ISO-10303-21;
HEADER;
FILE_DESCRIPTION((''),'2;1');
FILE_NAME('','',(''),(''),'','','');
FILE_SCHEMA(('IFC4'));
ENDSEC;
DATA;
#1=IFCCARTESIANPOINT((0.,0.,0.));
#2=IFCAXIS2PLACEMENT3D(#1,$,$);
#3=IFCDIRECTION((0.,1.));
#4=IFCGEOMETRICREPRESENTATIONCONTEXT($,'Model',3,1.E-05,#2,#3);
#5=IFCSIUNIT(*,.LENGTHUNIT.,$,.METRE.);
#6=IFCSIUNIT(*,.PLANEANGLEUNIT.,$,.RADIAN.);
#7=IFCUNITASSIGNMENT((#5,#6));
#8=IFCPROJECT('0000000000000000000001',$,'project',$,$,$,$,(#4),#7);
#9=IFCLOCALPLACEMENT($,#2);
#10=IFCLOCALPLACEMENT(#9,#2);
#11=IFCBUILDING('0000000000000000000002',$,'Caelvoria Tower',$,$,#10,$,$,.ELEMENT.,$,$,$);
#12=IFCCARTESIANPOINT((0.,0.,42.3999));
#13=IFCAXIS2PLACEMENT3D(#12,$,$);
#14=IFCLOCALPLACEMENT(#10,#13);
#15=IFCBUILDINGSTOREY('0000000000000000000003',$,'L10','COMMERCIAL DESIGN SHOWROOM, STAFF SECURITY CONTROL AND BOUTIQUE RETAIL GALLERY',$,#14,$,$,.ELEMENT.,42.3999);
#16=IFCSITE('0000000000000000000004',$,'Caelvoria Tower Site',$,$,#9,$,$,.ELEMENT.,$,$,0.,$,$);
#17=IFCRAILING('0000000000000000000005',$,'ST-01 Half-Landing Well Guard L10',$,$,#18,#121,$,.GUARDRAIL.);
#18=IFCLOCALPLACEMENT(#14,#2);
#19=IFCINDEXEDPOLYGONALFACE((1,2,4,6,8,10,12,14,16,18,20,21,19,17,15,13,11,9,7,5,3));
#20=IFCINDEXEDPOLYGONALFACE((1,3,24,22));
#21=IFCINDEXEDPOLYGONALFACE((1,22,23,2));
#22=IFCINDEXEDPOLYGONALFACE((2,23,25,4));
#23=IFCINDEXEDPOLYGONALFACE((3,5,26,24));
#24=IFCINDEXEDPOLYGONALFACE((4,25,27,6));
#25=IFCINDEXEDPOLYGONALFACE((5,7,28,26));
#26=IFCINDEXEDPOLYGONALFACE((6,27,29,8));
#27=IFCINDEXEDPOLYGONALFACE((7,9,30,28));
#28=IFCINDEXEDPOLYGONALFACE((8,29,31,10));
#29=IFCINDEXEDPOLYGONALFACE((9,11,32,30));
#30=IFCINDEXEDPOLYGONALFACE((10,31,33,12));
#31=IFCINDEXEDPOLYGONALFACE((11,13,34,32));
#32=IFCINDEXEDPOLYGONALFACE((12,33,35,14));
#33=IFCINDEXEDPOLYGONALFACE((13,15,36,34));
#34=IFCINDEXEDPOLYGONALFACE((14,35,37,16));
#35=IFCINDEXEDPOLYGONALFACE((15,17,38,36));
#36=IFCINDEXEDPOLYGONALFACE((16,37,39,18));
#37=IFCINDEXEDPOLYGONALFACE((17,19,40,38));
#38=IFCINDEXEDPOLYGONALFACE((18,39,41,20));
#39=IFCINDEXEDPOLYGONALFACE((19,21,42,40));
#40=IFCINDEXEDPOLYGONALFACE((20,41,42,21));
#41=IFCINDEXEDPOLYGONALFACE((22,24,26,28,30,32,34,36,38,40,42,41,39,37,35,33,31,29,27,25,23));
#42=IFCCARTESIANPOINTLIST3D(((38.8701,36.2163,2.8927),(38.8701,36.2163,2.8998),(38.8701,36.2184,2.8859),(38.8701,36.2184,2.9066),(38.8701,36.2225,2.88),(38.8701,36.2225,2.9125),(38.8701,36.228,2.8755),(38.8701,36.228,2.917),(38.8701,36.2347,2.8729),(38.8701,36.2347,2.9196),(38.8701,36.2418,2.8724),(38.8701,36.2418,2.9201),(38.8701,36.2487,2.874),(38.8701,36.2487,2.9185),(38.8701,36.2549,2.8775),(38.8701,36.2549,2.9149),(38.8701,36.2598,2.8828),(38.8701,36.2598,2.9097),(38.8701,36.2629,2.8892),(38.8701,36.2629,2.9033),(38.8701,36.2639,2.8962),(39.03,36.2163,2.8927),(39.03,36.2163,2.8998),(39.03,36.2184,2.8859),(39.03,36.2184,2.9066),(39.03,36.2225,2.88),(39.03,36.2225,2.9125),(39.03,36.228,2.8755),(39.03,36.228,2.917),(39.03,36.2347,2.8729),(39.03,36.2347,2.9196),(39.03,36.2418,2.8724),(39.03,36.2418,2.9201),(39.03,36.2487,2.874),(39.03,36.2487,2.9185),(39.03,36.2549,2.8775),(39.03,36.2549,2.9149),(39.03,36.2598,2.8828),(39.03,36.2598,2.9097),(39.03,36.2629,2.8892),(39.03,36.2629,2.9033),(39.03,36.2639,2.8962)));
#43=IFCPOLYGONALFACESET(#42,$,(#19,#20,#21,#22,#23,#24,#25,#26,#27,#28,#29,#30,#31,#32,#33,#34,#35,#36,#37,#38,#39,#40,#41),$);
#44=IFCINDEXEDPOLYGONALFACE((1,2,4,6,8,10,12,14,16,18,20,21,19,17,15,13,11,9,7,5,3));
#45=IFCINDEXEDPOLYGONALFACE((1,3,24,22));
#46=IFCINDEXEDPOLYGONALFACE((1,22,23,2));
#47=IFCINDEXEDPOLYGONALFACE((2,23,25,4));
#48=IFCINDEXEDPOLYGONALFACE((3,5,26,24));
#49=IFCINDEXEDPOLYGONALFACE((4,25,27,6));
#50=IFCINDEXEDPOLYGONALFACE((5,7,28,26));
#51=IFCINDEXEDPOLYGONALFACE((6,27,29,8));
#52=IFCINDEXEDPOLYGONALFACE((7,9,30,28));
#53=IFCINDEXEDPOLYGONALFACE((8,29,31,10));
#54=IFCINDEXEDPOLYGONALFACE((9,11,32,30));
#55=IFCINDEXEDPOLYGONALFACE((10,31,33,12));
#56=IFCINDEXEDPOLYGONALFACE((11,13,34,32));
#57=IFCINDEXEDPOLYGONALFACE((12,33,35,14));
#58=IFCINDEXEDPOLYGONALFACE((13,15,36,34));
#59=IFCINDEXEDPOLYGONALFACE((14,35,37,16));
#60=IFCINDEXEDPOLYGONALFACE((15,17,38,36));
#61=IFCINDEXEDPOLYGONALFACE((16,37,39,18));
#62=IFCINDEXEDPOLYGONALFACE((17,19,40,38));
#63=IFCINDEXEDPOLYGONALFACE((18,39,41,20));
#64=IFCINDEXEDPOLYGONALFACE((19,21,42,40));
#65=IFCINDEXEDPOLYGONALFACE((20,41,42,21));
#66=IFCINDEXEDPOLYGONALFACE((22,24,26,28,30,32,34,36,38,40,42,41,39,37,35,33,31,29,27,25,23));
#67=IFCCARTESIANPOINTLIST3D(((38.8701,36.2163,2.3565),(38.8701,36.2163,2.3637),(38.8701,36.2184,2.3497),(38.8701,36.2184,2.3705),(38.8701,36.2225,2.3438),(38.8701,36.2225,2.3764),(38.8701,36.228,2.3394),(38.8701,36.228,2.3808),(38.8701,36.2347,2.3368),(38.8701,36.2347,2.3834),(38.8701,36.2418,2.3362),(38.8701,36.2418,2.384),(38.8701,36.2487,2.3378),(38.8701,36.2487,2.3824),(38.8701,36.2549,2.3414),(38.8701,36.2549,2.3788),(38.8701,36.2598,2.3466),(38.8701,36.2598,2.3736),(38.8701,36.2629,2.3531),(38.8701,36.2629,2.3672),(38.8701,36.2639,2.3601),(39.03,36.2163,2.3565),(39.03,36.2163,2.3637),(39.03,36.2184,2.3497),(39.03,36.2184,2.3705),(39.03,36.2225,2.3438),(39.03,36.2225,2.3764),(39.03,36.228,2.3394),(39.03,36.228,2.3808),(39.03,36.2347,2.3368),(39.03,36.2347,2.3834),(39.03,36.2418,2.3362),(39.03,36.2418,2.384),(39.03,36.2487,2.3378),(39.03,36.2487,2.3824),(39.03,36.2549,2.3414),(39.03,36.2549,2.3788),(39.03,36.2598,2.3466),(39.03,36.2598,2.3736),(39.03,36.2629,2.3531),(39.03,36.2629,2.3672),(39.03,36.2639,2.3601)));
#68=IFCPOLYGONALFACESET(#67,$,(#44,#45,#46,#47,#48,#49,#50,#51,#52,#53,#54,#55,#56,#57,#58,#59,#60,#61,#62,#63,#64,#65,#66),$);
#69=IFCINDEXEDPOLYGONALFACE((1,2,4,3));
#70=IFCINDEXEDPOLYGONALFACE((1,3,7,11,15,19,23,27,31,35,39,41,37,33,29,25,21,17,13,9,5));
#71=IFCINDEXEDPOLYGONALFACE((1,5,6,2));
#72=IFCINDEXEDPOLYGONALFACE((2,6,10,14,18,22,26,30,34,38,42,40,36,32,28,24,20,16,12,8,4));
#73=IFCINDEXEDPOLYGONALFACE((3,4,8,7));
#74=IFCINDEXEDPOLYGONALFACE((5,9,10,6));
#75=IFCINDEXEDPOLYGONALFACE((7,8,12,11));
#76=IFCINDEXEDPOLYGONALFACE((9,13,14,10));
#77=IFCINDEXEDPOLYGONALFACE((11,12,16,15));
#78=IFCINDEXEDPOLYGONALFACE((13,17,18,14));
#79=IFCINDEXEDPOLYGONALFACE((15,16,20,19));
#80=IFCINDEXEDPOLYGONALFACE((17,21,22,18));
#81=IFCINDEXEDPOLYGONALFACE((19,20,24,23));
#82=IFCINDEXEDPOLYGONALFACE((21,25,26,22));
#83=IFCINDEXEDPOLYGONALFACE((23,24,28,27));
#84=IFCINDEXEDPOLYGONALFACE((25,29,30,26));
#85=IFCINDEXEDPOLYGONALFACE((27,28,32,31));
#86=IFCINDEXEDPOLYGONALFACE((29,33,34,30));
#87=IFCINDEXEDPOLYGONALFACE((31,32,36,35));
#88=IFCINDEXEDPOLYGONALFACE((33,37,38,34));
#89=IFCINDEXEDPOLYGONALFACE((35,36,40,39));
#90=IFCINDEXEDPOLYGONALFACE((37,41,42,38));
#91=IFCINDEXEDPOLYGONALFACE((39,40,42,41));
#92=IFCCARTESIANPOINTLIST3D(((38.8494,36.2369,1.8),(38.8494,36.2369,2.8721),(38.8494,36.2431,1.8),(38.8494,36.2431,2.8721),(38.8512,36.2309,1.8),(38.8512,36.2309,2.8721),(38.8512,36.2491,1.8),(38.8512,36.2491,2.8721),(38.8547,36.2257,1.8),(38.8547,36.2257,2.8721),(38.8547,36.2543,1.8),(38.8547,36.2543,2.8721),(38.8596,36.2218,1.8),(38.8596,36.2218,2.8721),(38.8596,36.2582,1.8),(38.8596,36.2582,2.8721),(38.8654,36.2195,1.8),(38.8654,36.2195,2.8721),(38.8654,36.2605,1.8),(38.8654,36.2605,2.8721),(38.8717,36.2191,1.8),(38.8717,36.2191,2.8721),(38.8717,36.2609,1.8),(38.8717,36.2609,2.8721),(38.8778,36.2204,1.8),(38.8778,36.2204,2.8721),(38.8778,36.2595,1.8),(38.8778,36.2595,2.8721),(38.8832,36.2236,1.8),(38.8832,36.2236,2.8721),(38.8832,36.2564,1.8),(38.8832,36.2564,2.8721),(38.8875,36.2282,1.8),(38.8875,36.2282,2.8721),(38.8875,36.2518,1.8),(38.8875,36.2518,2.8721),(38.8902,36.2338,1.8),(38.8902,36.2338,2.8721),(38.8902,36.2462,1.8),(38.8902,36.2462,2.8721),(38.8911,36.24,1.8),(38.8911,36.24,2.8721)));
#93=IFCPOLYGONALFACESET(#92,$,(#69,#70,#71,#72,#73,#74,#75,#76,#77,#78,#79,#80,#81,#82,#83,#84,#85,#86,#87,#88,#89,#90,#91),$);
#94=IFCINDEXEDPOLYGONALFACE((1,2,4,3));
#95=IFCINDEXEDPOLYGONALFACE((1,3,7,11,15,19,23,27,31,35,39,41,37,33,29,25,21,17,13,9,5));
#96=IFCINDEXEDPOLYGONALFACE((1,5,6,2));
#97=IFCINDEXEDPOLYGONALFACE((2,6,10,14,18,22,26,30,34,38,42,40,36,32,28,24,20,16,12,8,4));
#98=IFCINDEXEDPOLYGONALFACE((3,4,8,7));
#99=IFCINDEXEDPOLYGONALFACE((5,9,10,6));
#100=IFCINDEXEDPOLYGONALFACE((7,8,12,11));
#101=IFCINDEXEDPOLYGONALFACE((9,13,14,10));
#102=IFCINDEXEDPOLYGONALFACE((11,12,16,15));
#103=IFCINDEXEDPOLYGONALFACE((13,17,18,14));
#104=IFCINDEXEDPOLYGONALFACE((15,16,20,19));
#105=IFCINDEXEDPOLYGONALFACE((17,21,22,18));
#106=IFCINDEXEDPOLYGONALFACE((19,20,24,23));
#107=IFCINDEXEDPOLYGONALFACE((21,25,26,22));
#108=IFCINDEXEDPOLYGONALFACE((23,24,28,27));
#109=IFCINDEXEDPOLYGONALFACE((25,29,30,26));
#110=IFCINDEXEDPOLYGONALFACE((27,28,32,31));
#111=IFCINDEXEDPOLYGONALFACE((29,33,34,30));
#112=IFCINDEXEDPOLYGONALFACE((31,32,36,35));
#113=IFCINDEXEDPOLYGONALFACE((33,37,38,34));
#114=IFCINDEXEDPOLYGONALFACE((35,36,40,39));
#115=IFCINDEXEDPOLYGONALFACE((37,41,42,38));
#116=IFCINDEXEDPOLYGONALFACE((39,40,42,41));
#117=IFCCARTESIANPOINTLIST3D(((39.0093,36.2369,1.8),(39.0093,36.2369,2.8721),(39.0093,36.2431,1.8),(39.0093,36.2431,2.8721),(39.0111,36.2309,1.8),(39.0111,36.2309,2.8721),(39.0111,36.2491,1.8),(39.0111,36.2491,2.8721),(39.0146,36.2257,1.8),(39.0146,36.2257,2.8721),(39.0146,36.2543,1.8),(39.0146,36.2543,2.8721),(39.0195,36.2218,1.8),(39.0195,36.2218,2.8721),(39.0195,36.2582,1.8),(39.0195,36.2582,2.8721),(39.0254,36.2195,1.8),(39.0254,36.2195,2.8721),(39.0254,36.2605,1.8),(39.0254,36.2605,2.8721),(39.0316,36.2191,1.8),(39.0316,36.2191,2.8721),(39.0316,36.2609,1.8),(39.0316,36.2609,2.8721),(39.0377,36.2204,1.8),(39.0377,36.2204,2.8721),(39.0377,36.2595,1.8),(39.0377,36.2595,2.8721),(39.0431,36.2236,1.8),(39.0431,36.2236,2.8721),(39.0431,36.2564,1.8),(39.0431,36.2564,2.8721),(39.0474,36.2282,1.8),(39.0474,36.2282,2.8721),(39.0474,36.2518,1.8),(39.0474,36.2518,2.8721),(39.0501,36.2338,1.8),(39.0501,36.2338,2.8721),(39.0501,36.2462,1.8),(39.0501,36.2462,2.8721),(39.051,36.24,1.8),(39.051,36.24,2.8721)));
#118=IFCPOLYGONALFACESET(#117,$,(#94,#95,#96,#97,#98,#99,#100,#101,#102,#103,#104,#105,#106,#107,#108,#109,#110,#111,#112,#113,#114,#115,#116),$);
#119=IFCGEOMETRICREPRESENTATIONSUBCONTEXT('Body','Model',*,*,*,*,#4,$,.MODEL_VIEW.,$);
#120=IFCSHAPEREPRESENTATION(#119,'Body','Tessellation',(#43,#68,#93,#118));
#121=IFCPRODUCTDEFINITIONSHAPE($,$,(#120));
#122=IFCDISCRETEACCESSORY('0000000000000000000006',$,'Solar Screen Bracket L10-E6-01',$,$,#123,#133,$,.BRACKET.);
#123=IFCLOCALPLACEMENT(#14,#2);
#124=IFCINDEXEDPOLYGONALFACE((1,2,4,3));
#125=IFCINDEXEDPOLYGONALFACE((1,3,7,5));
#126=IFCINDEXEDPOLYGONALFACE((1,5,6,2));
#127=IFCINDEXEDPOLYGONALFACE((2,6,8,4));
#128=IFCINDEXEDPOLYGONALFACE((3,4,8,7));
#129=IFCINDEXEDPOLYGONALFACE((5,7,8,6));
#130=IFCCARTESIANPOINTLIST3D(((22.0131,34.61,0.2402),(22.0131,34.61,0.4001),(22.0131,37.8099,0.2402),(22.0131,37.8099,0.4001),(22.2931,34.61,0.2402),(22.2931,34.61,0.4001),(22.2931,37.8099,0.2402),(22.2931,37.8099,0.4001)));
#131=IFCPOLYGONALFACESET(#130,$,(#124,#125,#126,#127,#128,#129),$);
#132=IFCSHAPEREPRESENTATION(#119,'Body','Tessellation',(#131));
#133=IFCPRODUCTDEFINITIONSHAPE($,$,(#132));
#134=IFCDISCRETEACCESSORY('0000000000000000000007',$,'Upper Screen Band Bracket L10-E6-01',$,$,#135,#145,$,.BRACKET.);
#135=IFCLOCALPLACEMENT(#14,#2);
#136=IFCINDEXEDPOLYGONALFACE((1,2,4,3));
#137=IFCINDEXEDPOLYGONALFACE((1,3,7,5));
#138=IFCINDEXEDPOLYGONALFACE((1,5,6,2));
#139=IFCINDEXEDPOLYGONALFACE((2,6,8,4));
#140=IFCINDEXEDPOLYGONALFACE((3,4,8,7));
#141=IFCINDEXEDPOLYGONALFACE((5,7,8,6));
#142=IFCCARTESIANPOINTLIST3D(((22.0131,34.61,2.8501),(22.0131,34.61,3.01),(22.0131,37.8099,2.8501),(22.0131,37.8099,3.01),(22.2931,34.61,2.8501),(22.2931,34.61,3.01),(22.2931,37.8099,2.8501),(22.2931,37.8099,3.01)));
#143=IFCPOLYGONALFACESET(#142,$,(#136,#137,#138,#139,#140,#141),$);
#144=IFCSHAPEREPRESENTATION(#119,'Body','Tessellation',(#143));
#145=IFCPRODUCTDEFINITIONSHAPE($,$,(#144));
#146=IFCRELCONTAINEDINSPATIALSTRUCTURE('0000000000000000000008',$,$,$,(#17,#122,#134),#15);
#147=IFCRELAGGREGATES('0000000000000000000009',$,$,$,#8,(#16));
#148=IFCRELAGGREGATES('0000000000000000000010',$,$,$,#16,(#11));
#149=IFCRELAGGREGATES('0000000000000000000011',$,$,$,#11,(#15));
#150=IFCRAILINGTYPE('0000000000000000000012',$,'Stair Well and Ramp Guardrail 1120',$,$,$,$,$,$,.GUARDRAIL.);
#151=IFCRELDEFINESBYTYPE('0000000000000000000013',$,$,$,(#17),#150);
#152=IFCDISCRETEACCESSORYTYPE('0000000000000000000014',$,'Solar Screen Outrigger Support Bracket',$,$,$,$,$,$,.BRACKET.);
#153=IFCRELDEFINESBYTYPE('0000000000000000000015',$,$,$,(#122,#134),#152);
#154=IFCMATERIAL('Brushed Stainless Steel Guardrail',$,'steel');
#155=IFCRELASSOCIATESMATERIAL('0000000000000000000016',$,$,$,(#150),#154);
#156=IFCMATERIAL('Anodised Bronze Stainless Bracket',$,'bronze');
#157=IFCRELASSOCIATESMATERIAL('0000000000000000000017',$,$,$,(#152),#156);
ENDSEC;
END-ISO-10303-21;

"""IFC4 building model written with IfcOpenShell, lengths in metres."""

from ifc_helpers import new_model, si_unit, direction, frame, origin, origin_2d, place, context, subcontext, project, spatial, rectangle, circle, extrude, material, type_object, element, save


model = new_model("IFC4")

# Units and contexts
model_context = context("Model", 3, precision=1e-05, world=origin(), true_north=direction((0.0, 1.0)))
body_context = subcontext(model_context, "Body", "Model", "MODEL_VIEW")
ifc_project = project(units=[si_unit("LENGTHUNIT", "METRE"), si_unit("PLANEANGLEUNIT", "RADIAN")], contexts=[model_context])

# Site, building, storey
site_placement = place(None, origin())
site = spatial("IfcSite", under=ifc_project, at=site_placement, Name="Caelvoria Tower Site", CompositionType="ELEMENT", RefElevation=0.0)
building_placement = place(site_placement, origin())
building = spatial("IfcBuilding", under=site, at=building_placement, Name="Caelvoria Tower", CompositionType="ELEMENT")
storey_placement = place(building_placement, frame((0.0, 0.0, 42.3999)))
storey = spatial("IfcBuildingStorey", under=building, at=storey_placement, Name="L10", Description="COMMERCIAL DESIGN SHOWROOM, STAFF SECURITY CONTROL AND BOUTIQUE RETAIL GALLERY", CompositionType="ELEMENT", Elevation=42.3999)

# Railing
ifc_material_1 = material(Name="Brushed Stainless Steel Guardrail", Category="steel")
railing_type_1 = type_object("IfcRailingType", Name="Stair Well and Ramp Guardrail 1120", PredefinedType="GUARDRAIL", material=ifc_material_1)
railing_1_placement = place(storey_placement, frame((38.8701, 36.24, 1.8)))
element("IfcRailing", 1, at=railing_1_placement, inside=storey, type_object=railing_type_1, Name="ST-01 Half-Landing Well Guard L10", PredefinedType="GUARDRAIL", context=body_context, shape_type="SweptSolid", body=[
    extrude(circle(Radius=0.0239, at=origin_2d()), frame((0.0, 0.0, 1.0962), z_axis=(1.0, 0.0, 0.0), x_axis=(0.0, 1.0, 0.0)), (0.0, 0.0, 1.0), 0.1599),
    extrude(circle(Radius=0.0239, at=origin_2d()), frame((0.0, 0.0, 0.5601), z_axis=(1.0, 0.0, 0.0), x_axis=(0.0, 1.0, 0.0)), (0.0, 0.0, 1.0), 0.1599),
    extrude(circle(Radius=0.021, at=origin_2d()), origin(), (0.0, 0.0, 1.0), 1.072),
    extrude(circle(Radius=0.021, at=origin_2d()), frame((0.1599, 0.0, 0.0)), (0.0, 0.0, 1.0), 1.072),
])

# Discrete accessories
ifc_material_2 = material(Name="Anodised Bronze Stainless Bracket", Category="bronze")
discrete_accessory_type = type_object("IfcDiscreteAccessoryType", Name="Solar Screen Outrigger Support Bracket", PredefinedType="BRACKET", material=ifc_material_2)
for number, where, z_axis, x_axis, name in (
    (2, (22.1531, 36.21, 0.2402), (0.0, 0.0, 1.0), (0.0, -1.0, 0.0), "Solar Screen Bracket L10-E6-01"),
    (3, (22.1531, 36.21, 2.8501), (0.0, 0.0, 1.0), (0.0, -1.0, 0.0), "Upper Screen Band Bracket L10-E6-01"),
):
    element("IfcDiscreteAccessory", number, at=place(storey_placement, frame(where, z_axis=z_axis, x_axis=x_axis)), inside=storey, type_object=discrete_accessory_type, Name=name, PredefinedType="BRACKET", context=body_context, shape_type="SweptSolid", body=[
        extrude(rectangle(XDim=3.2, YDim=0.28, at=origin_2d()), origin(), (0.0, 0.0, 1.0), 0.1599),
    ])

save(model, "model.ifc")
